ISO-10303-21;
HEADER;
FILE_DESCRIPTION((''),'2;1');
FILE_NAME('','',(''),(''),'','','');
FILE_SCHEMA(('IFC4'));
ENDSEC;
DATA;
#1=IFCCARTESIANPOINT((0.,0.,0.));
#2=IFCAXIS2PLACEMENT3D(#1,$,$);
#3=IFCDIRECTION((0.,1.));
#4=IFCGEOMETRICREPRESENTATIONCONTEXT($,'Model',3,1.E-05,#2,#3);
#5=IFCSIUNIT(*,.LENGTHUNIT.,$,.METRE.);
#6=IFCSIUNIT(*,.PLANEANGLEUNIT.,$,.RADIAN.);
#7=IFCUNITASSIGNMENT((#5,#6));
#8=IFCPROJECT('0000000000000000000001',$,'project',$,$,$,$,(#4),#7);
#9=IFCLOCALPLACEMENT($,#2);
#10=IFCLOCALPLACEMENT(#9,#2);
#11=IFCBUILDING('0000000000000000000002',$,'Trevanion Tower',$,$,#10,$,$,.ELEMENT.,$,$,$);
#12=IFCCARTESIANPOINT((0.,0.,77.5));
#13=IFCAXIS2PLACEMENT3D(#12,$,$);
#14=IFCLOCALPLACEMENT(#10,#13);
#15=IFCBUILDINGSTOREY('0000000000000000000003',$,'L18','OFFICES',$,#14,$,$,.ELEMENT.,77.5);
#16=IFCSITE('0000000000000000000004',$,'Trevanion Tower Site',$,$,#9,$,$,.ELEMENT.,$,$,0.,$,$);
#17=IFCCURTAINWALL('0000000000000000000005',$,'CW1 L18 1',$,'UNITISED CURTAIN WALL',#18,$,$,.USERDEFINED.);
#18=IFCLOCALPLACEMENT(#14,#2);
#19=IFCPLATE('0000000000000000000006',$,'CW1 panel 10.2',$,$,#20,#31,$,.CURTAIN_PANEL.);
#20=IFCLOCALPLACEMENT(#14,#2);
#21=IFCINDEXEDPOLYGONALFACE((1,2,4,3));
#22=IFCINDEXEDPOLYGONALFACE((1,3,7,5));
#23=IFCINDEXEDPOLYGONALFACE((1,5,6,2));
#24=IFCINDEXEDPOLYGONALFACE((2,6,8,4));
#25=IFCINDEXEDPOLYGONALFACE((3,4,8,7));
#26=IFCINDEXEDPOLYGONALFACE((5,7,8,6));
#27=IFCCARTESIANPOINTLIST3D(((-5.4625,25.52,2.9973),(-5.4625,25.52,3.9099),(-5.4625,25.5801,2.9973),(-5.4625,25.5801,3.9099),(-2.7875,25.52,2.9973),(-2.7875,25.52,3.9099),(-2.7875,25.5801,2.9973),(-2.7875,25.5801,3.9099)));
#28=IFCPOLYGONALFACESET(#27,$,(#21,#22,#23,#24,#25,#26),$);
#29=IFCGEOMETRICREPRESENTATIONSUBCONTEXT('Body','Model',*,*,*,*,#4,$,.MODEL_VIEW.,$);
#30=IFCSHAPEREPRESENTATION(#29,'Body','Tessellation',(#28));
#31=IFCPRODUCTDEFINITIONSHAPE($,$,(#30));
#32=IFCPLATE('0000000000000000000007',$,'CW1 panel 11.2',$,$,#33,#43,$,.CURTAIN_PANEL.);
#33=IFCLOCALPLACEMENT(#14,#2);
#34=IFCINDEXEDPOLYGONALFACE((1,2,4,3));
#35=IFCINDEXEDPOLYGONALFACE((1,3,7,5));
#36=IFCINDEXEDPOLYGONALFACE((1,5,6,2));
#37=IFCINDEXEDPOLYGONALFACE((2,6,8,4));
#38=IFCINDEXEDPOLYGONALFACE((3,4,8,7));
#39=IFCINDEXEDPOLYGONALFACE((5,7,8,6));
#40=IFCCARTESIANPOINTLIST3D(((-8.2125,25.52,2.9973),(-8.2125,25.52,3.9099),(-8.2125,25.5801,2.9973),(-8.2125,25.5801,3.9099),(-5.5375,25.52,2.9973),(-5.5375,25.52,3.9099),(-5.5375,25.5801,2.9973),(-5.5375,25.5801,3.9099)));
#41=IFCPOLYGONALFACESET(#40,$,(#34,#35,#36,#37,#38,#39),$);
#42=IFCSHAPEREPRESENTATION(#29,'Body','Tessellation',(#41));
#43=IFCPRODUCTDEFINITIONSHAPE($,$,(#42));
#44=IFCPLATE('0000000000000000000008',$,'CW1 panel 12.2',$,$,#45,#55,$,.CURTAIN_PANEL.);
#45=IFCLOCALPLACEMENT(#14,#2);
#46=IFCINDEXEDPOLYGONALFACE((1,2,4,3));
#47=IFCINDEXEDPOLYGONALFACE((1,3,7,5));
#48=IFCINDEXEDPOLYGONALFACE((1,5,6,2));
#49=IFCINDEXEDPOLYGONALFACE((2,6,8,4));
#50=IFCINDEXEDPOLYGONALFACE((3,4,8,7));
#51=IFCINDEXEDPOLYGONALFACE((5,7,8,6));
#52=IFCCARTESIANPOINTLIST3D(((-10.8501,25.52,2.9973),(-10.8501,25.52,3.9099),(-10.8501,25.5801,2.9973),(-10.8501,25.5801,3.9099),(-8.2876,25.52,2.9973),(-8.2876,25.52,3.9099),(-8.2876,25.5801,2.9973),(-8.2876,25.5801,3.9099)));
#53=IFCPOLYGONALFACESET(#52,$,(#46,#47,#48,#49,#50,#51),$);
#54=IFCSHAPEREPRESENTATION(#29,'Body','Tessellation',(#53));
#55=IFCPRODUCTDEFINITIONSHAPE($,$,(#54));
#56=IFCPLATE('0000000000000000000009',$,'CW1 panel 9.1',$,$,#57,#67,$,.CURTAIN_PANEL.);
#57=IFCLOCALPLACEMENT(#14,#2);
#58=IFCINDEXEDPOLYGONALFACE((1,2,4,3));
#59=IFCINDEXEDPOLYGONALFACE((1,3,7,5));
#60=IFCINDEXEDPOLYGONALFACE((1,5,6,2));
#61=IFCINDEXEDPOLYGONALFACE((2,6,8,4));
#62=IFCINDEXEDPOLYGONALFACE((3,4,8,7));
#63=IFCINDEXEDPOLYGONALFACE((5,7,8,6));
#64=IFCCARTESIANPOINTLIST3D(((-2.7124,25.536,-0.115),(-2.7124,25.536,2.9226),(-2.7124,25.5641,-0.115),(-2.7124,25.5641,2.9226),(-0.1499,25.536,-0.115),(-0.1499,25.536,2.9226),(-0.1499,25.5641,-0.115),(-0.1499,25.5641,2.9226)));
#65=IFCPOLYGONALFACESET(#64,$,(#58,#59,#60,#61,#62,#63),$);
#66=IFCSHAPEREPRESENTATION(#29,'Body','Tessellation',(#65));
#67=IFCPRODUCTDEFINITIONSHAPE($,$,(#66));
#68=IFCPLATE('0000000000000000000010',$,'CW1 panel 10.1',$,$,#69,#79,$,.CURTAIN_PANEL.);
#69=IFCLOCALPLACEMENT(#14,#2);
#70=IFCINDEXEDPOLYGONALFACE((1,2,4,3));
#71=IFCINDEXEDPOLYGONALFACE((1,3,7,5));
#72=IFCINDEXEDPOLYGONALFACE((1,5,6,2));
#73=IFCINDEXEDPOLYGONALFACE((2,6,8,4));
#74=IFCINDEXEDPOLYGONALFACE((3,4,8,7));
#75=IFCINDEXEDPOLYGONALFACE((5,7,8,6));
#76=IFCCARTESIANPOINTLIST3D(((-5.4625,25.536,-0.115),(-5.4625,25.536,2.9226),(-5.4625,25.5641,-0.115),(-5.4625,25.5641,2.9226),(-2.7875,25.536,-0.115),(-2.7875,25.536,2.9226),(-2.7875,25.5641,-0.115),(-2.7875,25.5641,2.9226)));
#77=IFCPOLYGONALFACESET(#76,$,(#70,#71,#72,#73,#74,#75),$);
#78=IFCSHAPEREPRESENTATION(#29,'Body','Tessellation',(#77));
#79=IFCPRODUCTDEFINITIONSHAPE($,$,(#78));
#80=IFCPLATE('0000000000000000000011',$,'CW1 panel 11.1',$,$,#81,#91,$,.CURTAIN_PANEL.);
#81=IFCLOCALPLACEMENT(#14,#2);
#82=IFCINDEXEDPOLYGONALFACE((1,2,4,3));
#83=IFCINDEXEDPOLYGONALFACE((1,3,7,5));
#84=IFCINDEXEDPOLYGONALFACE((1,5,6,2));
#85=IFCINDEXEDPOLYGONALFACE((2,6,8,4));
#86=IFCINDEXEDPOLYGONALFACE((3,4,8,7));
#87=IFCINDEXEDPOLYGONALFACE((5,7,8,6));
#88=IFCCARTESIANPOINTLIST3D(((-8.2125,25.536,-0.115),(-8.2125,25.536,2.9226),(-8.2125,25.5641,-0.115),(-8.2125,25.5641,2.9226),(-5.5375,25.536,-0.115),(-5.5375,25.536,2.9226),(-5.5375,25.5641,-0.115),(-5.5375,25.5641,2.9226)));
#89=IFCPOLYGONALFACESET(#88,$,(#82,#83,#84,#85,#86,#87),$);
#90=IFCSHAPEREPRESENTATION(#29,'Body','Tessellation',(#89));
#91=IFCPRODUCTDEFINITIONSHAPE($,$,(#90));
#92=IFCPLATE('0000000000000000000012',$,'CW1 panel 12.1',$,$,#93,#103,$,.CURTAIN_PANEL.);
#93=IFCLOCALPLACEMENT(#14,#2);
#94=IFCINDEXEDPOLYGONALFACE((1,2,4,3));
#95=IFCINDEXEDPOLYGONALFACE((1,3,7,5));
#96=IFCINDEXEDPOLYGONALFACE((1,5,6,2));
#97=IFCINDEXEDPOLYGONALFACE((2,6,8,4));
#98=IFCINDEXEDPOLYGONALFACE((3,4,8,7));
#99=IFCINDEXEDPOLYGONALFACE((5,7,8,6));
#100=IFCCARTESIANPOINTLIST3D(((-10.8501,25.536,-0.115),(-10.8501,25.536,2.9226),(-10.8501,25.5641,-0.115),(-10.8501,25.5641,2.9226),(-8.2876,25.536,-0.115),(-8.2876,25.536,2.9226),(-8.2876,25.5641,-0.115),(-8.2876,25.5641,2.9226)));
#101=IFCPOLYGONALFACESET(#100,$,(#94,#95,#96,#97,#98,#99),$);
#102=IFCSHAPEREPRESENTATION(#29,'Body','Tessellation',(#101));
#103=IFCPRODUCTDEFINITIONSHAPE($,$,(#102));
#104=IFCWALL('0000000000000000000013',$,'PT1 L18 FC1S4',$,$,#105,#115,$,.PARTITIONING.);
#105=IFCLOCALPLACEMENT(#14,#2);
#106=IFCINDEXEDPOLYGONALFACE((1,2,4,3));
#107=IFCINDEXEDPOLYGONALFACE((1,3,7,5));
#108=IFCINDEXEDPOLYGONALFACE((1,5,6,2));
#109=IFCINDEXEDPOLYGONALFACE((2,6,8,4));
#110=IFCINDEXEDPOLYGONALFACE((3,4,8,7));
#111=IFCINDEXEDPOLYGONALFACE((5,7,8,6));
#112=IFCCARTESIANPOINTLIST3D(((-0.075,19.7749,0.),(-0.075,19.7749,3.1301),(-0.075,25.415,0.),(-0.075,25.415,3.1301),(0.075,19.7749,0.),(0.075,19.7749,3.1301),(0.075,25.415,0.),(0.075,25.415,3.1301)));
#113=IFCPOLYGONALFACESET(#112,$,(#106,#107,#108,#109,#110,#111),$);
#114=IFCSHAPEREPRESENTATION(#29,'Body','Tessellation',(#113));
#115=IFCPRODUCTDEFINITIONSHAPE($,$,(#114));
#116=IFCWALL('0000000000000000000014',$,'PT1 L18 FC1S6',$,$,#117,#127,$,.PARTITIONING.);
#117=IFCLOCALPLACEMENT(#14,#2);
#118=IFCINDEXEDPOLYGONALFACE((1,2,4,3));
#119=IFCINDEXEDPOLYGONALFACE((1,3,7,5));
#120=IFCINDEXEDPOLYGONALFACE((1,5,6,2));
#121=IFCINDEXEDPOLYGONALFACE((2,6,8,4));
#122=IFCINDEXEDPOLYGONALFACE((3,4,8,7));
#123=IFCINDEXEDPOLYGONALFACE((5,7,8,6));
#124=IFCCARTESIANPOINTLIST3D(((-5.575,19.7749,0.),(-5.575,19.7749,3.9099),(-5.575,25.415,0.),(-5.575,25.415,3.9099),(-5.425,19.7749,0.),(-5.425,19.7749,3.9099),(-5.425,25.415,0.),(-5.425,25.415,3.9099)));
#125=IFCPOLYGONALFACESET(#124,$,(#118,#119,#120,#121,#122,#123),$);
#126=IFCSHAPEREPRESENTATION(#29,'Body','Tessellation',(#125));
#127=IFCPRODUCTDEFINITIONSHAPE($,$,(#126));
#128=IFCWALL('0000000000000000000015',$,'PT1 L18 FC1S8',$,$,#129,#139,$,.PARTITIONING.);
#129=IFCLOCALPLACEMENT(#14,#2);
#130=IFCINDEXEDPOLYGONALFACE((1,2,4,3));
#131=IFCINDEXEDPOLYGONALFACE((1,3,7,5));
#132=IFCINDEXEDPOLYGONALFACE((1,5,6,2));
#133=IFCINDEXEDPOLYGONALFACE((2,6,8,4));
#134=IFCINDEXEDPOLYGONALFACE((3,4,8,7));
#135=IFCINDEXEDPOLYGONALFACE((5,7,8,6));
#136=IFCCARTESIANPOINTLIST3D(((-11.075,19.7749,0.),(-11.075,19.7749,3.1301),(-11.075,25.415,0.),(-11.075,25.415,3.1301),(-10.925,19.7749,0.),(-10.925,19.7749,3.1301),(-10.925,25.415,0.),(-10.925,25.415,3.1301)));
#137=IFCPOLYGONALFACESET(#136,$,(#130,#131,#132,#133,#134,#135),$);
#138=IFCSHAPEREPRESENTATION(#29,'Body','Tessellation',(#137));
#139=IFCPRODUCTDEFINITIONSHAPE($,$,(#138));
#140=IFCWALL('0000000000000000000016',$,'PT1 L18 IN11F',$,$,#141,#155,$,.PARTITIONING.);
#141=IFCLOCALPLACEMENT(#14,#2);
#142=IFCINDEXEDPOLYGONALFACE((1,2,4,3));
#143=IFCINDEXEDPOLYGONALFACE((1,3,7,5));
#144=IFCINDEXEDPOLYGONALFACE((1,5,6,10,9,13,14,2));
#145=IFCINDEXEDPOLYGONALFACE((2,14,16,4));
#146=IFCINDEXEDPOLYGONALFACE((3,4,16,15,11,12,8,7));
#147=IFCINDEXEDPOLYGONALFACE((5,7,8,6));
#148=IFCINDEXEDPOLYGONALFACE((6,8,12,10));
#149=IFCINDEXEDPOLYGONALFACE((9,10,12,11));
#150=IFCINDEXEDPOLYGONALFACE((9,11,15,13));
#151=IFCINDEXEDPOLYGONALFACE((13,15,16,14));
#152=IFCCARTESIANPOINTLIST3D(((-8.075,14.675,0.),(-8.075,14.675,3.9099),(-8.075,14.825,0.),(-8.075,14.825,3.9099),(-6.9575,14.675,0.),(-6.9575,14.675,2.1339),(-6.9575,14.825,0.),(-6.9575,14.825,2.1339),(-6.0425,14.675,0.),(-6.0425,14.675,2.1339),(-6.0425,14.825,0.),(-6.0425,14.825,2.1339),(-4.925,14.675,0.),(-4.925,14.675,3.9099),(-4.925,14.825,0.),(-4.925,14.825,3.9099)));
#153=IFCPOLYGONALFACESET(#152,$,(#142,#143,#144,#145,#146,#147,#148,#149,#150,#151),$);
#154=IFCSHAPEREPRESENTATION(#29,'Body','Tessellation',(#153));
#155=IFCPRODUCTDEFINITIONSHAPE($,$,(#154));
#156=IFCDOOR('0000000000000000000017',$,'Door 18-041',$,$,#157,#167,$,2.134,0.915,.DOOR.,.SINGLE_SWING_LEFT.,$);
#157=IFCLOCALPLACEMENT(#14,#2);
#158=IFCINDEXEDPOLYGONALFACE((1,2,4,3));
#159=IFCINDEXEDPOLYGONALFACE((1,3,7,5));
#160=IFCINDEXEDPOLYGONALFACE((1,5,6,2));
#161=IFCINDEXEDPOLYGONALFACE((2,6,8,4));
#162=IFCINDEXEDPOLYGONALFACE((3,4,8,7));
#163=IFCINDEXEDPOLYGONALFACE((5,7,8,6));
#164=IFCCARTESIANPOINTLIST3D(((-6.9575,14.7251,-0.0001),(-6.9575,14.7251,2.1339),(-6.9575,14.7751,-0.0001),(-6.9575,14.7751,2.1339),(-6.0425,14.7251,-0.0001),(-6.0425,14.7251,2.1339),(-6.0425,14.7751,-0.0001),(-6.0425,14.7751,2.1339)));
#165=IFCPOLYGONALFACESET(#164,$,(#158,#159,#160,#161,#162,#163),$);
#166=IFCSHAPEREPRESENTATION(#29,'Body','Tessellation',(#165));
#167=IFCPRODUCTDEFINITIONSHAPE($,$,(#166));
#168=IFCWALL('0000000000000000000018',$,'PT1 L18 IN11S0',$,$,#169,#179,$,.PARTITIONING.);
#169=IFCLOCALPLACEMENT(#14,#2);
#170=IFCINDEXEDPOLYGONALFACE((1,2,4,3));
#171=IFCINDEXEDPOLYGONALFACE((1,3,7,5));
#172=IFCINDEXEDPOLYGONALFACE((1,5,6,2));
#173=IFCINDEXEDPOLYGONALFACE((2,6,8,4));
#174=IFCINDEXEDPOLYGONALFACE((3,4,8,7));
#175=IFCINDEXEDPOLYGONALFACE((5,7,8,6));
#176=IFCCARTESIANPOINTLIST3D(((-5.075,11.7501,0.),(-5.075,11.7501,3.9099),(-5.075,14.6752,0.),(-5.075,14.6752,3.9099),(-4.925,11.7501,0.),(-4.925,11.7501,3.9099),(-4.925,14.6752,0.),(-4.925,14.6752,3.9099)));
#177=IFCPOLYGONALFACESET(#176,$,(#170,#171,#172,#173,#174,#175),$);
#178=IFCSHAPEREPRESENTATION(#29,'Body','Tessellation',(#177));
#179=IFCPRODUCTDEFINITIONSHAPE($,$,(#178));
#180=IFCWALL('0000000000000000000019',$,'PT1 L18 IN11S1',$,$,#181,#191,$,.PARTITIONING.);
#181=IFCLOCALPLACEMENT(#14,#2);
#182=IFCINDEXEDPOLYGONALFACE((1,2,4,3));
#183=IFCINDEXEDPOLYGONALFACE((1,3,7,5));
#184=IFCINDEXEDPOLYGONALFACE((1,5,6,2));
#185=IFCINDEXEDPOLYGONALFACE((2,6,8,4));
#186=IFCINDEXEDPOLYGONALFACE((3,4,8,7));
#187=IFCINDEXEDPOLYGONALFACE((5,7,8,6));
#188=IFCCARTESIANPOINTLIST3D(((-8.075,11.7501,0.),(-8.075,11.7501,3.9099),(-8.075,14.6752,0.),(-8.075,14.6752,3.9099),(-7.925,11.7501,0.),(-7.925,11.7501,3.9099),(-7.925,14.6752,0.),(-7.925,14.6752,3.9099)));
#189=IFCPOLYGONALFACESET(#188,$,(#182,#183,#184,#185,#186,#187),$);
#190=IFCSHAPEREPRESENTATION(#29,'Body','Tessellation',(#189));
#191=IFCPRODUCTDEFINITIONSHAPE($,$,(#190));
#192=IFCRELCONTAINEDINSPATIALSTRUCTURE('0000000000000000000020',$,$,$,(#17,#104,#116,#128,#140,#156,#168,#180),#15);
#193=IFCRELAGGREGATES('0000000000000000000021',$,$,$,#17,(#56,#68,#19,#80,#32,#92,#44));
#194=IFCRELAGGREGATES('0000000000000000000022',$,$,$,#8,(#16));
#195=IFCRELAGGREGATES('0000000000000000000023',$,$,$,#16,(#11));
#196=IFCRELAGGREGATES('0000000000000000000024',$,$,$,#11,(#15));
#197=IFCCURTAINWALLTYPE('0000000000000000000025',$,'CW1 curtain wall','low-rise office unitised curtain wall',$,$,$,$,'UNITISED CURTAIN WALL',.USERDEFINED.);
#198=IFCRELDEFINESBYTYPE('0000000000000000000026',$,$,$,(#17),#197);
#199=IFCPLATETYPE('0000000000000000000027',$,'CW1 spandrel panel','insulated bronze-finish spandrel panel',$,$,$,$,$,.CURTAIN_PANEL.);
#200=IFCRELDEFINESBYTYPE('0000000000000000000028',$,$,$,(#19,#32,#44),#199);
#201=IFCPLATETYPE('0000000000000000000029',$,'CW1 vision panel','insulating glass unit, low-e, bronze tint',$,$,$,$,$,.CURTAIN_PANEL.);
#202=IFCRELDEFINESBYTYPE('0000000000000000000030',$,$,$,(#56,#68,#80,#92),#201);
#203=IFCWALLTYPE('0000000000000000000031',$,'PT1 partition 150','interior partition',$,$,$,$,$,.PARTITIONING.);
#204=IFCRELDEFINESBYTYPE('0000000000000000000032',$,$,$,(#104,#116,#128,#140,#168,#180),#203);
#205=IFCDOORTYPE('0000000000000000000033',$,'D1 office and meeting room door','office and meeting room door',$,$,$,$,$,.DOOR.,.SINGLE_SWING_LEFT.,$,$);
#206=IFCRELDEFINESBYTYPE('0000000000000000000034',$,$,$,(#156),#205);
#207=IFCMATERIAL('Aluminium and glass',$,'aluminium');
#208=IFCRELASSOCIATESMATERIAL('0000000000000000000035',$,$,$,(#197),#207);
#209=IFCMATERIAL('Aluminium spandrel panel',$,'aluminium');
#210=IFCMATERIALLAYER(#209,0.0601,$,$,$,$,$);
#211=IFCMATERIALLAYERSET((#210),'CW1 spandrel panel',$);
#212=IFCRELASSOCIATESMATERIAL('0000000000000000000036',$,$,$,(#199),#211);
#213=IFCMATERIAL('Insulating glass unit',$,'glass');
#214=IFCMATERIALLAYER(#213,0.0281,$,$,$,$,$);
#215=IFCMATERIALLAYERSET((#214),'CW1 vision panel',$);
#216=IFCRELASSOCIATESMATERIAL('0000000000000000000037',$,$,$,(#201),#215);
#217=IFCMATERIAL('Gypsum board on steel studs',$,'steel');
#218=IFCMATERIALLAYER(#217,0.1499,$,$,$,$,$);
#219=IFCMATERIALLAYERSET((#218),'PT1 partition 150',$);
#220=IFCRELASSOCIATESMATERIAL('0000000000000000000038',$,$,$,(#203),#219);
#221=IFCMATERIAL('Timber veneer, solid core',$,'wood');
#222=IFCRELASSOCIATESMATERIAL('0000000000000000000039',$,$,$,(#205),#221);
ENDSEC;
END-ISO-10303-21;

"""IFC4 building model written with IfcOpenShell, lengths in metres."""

from ifc_helpers import new_model, si_unit, direction, frame, frame_2d, origin, origin_2d, place, context, subcontext, project, spatial, rectangle, extrude, material, layer, layer_set, type_object, element, fill, aggregate, save


model = new_model("IFC4")

# Units and contexts
model_context = context("Model", 3, precision=1e-05, world=origin(), true_north=direction((0.0, 1.0)))
body_context = subcontext(model_context, "Body", "Model", "MODEL_VIEW")
ifc_project = project(units=[si_unit("LENGTHUNIT", "METRE"), si_unit("PLANEANGLEUNIT", "RADIAN")], contexts=[model_context])

# Site, building, storey
site_placement = place(None, origin())
site = spatial("IfcSite", under=ifc_project, at=site_placement, Name="Trevanion Tower Site", CompositionType="ELEMENT", RefElevation=0.0)
building_placement = place(site_placement, origin())
building = spatial("IfcBuilding", under=site, at=building_placement, Name="Trevanion Tower", CompositionType="ELEMENT")
storey_placement = place(building_placement, frame((0.0, 0.0, 77.5)))
storey = spatial("IfcBuildingStorey", under=building, at=storey_placement, Name="L18", Description="OFFICES", CompositionType="ELEMENT", Elevation=77.5)

# Curtain wall
ifc_material_1 = material(Name="Aluminium and glass", Category="aluminium")
curtain_wall_type = type_object("IfcCurtainWallType", Name="CW1 curtain wall", Description="low-rise office unitised curtain wall", ElementType="UNITISED CURTAIN WALL", PredefinedType="USERDEFINED", material=ifc_material_1)
curtain_wall_placement = place(storey_placement, origin())
curtain_wall = element("IfcCurtainWall", 1, at=curtain_wall_placement, inside=storey, type_object=curtain_wall_type, Name="CW1 L18 1", ObjectType="UNITISED CURTAIN WALL", PredefinedType="USERDEFINED")

# Plates
ifc_material_2 = material(Name="Aluminium spandrel panel", Category="aluminium")
ifc_layer_1 = layer(ifc_material_2, 0.0601)
ifc_layer_set_1 = layer_set([ifc_layer_1], Name="CW1 spandrel panel")
plate_type_1 = type_object("IfcPlateType", Name="CW1 spandrel panel", Description="insulated bronze-finish spandrel panel", PredefinedType="CURTAIN_PANEL", material=ifc_layer_set_1)
plate_1_placement = place(storey_placement, frame((-4.125, 25.55, 2.9973), z_axis=(0.0, 0.0, 1.0), x_axis=(-1.0, 0.0, 0.0)))
plate_1 = element("IfcPlate", 2, at=plate_1_placement, type_object=plate_type_1, Name="CW1 panel 10.2", PredefinedType="CURTAIN_PANEL", context=body_context, shape_type="SweptSolid", body=[
    extrude(rectangle(XDim=2.675, YDim=0.0601, at=origin_2d()), origin(), (0.0, 0.0, 1.0), 0.9126),
])
plate_2_placement = place(storey_placement, frame((-6.875, 25.55, 2.9973), z_axis=(0.0, 0.0, 1.0), x_axis=(-1.0, 0.0, 0.0)))
plate_2 = element("IfcPlate", 3, at=plate_2_placement, type_object=plate_type_1, Name="CW1 panel 11.2", PredefinedType="CURTAIN_PANEL", context=body_context, shape_type="SweptSolid", body=[
    extrude(rectangle(XDim=2.675, YDim=0.0601, at=origin_2d()), origin(), (0.0, 0.0, 1.0), 0.9126),
])
plate_3_placement = place(storey_placement, frame((-9.5688, 25.55, 2.9973), z_axis=(0.0, 0.0, 1.0), x_axis=(-1.0, 0.0, 0.0)))
plate_3 = element("IfcPlate", 4, at=plate_3_placement, type_object=plate_type_1, Name="CW1 panel 12.2", PredefinedType="CURTAIN_PANEL", context=body_context, shape_type="SweptSolid", body=[
    extrude(rectangle(XDim=2.5625, YDim=0.0601, at=origin_2d()), origin(), (0.0, 0.0, 1.0), 0.9126),
])
ifc_material_3 = material(Name="Insulating glass unit", Category="glass")
ifc_layer_2 = layer(ifc_material_3, 0.0281)
ifc_layer_set_2 = layer_set([ifc_layer_2], Name="CW1 vision panel")
plate_type_2 = type_object("IfcPlateType", Name="CW1 vision panel", Description="insulating glass unit, low-e, bronze tint", PredefinedType="CURTAIN_PANEL", material=ifc_layer_set_2)
plate_4_placement = place(storey_placement, frame((-1.4312, 25.55, -0.115), z_axis=(0.0, 0.0, 1.0), x_axis=(-1.0, 0.0, 0.0)))
plate_4 = element("IfcPlate", 5, at=plate_4_placement, type_object=plate_type_2, Name="CW1 panel 9.1", PredefinedType="CURTAIN_PANEL", context=body_context, shape_type="SweptSolid", body=[
    extrude(rectangle(XDim=2.5625, YDim=0.0281, at=origin_2d()), origin(), (0.0, 0.0, 1.0), 3.0376),
])
plate_5_placement = place(storey_placement, frame((-4.125, 25.55, -0.115), z_axis=(0.0, 0.0, 1.0), x_axis=(-1.0, 0.0, 0.0)))
plate_5 = element("IfcPlate", 6, at=plate_5_placement, type_object=plate_type_2, Name="CW1 panel 10.1", PredefinedType="CURTAIN_PANEL", context=body_context, shape_type="SweptSolid", body=[
    extrude(rectangle(XDim=2.675, YDim=0.0281, at=origin_2d()), origin(), (0.0, 0.0, 1.0), 3.0376),
])
plate_6_placement = place(storey_placement, frame((-6.875, 25.55, -0.115), z_axis=(0.0, 0.0, 1.0), x_axis=(-1.0, 0.0, 0.0)))
plate_6 = element("IfcPlate", 7, at=plate_6_placement, type_object=plate_type_2, Name="CW1 panel 11.1", PredefinedType="CURTAIN_PANEL", context=body_context, shape_type="SweptSolid", body=[
    extrude(rectangle(XDim=2.675, YDim=0.0281, at=origin_2d()), origin(), (0.0, 0.0, 1.0), 3.0376),
])
plate_7_placement = place(storey_placement, frame((-9.5688, 25.55, -0.115), z_axis=(0.0, 0.0, 1.0), x_axis=(-1.0, 0.0, 0.0)))
plate_7 = element("IfcPlate", 8, at=plate_7_placement, type_object=plate_type_2, Name="CW1 panel 12.1", PredefinedType="CURTAIN_PANEL", context=body_context, shape_type="SweptSolid", body=[
    extrude(rectangle(XDim=2.5625, YDim=0.0281, at=origin_2d()), origin(), (0.0, 0.0, 1.0), 3.0376),
])
aggregate(curtain_wall, [plate_4, plate_5, plate_1, plate_6, plate_2, plate_7, plate_3])

# Walls
ifc_material_4 = material(Name="Gypsum board on steel studs", Category="steel")
ifc_layer_3 = layer(ifc_material_4, 0.1499)
ifc_layer_set_3 = layer_set([ifc_layer_3], Name="PT1 partition 150")
wall_type = type_object("IfcWallType", Name="PT1 partition 150", Description="interior partition", PredefinedType="PARTITIONING", material=ifc_layer_set_3)
wall_1_placement = place(storey_placement, frame((0.0, 19.7749, 0.0), z_axis=(0.0, 0.0, 1.0), x_axis=(0.0, 1.0, 0.0)))
element("IfcWall", 9, at=wall_1_placement, inside=storey, type_object=wall_type, Name="PT1 L18 FC1S4", PredefinedType="PARTITIONING", context=body_context, shape_type="SweptSolid", body=[
    extrude(rectangle(XDim=5.6401, YDim=0.1499, at=frame_2d((2.8201, 0.0))), origin(), (0.0, 0.0, 1.0), 3.1301),
])
wall_2_placement = place(storey_placement, frame((-5.5, 19.7749, 0.0), z_axis=(0.0, 0.0, 1.0), x_axis=(0.0, 1.0, 0.0)))
element("IfcWall", 10, at=wall_2_placement, inside=storey, type_object=wall_type, Name="PT1 L18 FC1S6", PredefinedType="PARTITIONING", context=body_context, shape_type="SweptSolid", body=[
    extrude(rectangle(XDim=5.6401, YDim=0.1499, at=frame_2d((2.8201, 0.0))), origin(), (0.0, 0.0, 1.0), 3.9099),
])
wall_3_placement = place(storey_placement, frame((-11.0, 19.7749, 0.0), z_axis=(0.0, 0.0, 1.0), x_axis=(0.0, 1.0, 0.0)))
element("IfcWall", 11, at=wall_3_placement, inside=storey, type_object=wall_type, Name="PT1 L18 FC1S8", PredefinedType="PARTITIONING", context=body_context, shape_type="SweptSolid", body=[
    extrude(rectangle(XDim=5.6401, YDim=0.1499, at=frame_2d((2.8201, 0.0))), origin(), (0.0, 0.0, 1.0), 3.1301),
])

# Wall, opening, door
wall_4_placement = place(storey_placement, frame((-4.925, 14.75, 0.0), z_axis=(0.0, 0.0, 1.0), x_axis=(-1.0, 0.0, 0.0)))
wall_4 = element("IfcWall", 12, at=wall_4_placement, inside=storey, type_object=wall_type, Name="PT1 L18 IN11F", PredefinedType="PARTITIONING", context=body_context, shape_type="SweptSolid", body=[
    extrude(rectangle(XDim=3.1499, YDim=0.1499, at=frame_2d((1.575, 0.0))), origin(), (0.0, 0.0, 1.0), 3.9099),
])
opening_placement = place(wall_4_placement, frame((1.1174, 0.0, 0.0)))
opening = element("IfcOpeningElement", 13, at=opening_placement, cuts=wall_4, PredefinedType="OPENING", context=body_context, shape_type="SweptSolid", body=[
    extrude(rectangle(XDim=0.915, YDim=2.134, at=frame_2d((0.4575, 1.0669))), frame((0.0, 0.085, 0.0), z_axis=(0.0, -1.0, 0.0), x_axis=(1.0, 0.0, 0.0)), (0.0, 0.0, 1.0), 0.1699),
])
ifc_material_5 = material(Name="Timber veneer, solid core", Category="wood")
door_type = type_object("IfcDoorType", Name="D1 office and meeting room door", Description="office and meeting room door", OperationType="SINGLE_SWING_LEFT", PredefinedType="DOOR", material=ifc_material_5)
door_placement = place(opening_placement, origin())
door = element("IfcDoor", 14, at=door_placement, inside=storey, type_object=door_type, Name="Door 18-041", OperationType="SINGLE_SWING_LEFT", OverallHeight=2.134, OverallWidth=0.915, PredefinedType="DOOR", context=body_context, shape_type="SweptSolid", body=[
    extrude(rectangle(XDim=0.915, YDim=2.134, at=frame_2d((0.4575, 1.0669))), frame((0.0, 0.0249, 0.0), z_axis=(0.0, -1.0, 0.0), x_axis=(1.0, 0.0, 0.0)), (0.0, 0.0, 1.0), 0.05),
])
fill(opening, door)

# Walls
for number, where, z_axis, x_axis, name in (
    (15, (-5.0, 14.675, 0.0), (0.0, 0.0, 1.0), (0.0, -1.0, 0.0), "PT1 L18 IN11S0"),
    (16, (-8.0, 14.675, 0.0), (0.0, 0.0, 1.0), (0.0, -1.0, 0.0), "PT1 L18 IN11S1"),
):
    element("IfcWall", number, at=place(storey_placement, frame(where, z_axis=z_axis, x_axis=x_axis)), inside=storey, type_object=wall_type, Name=name, PredefinedType="PARTITIONING", context=body_context, shape_type="SweptSolid", body=[
        extrude(rectangle(XDim=2.925, YDim=0.1499, at=frame_2d((1.4624, 0.0))), origin(), (0.0, 0.0, 1.0), 3.9099),
    ])

save(model, "model.ifc")
